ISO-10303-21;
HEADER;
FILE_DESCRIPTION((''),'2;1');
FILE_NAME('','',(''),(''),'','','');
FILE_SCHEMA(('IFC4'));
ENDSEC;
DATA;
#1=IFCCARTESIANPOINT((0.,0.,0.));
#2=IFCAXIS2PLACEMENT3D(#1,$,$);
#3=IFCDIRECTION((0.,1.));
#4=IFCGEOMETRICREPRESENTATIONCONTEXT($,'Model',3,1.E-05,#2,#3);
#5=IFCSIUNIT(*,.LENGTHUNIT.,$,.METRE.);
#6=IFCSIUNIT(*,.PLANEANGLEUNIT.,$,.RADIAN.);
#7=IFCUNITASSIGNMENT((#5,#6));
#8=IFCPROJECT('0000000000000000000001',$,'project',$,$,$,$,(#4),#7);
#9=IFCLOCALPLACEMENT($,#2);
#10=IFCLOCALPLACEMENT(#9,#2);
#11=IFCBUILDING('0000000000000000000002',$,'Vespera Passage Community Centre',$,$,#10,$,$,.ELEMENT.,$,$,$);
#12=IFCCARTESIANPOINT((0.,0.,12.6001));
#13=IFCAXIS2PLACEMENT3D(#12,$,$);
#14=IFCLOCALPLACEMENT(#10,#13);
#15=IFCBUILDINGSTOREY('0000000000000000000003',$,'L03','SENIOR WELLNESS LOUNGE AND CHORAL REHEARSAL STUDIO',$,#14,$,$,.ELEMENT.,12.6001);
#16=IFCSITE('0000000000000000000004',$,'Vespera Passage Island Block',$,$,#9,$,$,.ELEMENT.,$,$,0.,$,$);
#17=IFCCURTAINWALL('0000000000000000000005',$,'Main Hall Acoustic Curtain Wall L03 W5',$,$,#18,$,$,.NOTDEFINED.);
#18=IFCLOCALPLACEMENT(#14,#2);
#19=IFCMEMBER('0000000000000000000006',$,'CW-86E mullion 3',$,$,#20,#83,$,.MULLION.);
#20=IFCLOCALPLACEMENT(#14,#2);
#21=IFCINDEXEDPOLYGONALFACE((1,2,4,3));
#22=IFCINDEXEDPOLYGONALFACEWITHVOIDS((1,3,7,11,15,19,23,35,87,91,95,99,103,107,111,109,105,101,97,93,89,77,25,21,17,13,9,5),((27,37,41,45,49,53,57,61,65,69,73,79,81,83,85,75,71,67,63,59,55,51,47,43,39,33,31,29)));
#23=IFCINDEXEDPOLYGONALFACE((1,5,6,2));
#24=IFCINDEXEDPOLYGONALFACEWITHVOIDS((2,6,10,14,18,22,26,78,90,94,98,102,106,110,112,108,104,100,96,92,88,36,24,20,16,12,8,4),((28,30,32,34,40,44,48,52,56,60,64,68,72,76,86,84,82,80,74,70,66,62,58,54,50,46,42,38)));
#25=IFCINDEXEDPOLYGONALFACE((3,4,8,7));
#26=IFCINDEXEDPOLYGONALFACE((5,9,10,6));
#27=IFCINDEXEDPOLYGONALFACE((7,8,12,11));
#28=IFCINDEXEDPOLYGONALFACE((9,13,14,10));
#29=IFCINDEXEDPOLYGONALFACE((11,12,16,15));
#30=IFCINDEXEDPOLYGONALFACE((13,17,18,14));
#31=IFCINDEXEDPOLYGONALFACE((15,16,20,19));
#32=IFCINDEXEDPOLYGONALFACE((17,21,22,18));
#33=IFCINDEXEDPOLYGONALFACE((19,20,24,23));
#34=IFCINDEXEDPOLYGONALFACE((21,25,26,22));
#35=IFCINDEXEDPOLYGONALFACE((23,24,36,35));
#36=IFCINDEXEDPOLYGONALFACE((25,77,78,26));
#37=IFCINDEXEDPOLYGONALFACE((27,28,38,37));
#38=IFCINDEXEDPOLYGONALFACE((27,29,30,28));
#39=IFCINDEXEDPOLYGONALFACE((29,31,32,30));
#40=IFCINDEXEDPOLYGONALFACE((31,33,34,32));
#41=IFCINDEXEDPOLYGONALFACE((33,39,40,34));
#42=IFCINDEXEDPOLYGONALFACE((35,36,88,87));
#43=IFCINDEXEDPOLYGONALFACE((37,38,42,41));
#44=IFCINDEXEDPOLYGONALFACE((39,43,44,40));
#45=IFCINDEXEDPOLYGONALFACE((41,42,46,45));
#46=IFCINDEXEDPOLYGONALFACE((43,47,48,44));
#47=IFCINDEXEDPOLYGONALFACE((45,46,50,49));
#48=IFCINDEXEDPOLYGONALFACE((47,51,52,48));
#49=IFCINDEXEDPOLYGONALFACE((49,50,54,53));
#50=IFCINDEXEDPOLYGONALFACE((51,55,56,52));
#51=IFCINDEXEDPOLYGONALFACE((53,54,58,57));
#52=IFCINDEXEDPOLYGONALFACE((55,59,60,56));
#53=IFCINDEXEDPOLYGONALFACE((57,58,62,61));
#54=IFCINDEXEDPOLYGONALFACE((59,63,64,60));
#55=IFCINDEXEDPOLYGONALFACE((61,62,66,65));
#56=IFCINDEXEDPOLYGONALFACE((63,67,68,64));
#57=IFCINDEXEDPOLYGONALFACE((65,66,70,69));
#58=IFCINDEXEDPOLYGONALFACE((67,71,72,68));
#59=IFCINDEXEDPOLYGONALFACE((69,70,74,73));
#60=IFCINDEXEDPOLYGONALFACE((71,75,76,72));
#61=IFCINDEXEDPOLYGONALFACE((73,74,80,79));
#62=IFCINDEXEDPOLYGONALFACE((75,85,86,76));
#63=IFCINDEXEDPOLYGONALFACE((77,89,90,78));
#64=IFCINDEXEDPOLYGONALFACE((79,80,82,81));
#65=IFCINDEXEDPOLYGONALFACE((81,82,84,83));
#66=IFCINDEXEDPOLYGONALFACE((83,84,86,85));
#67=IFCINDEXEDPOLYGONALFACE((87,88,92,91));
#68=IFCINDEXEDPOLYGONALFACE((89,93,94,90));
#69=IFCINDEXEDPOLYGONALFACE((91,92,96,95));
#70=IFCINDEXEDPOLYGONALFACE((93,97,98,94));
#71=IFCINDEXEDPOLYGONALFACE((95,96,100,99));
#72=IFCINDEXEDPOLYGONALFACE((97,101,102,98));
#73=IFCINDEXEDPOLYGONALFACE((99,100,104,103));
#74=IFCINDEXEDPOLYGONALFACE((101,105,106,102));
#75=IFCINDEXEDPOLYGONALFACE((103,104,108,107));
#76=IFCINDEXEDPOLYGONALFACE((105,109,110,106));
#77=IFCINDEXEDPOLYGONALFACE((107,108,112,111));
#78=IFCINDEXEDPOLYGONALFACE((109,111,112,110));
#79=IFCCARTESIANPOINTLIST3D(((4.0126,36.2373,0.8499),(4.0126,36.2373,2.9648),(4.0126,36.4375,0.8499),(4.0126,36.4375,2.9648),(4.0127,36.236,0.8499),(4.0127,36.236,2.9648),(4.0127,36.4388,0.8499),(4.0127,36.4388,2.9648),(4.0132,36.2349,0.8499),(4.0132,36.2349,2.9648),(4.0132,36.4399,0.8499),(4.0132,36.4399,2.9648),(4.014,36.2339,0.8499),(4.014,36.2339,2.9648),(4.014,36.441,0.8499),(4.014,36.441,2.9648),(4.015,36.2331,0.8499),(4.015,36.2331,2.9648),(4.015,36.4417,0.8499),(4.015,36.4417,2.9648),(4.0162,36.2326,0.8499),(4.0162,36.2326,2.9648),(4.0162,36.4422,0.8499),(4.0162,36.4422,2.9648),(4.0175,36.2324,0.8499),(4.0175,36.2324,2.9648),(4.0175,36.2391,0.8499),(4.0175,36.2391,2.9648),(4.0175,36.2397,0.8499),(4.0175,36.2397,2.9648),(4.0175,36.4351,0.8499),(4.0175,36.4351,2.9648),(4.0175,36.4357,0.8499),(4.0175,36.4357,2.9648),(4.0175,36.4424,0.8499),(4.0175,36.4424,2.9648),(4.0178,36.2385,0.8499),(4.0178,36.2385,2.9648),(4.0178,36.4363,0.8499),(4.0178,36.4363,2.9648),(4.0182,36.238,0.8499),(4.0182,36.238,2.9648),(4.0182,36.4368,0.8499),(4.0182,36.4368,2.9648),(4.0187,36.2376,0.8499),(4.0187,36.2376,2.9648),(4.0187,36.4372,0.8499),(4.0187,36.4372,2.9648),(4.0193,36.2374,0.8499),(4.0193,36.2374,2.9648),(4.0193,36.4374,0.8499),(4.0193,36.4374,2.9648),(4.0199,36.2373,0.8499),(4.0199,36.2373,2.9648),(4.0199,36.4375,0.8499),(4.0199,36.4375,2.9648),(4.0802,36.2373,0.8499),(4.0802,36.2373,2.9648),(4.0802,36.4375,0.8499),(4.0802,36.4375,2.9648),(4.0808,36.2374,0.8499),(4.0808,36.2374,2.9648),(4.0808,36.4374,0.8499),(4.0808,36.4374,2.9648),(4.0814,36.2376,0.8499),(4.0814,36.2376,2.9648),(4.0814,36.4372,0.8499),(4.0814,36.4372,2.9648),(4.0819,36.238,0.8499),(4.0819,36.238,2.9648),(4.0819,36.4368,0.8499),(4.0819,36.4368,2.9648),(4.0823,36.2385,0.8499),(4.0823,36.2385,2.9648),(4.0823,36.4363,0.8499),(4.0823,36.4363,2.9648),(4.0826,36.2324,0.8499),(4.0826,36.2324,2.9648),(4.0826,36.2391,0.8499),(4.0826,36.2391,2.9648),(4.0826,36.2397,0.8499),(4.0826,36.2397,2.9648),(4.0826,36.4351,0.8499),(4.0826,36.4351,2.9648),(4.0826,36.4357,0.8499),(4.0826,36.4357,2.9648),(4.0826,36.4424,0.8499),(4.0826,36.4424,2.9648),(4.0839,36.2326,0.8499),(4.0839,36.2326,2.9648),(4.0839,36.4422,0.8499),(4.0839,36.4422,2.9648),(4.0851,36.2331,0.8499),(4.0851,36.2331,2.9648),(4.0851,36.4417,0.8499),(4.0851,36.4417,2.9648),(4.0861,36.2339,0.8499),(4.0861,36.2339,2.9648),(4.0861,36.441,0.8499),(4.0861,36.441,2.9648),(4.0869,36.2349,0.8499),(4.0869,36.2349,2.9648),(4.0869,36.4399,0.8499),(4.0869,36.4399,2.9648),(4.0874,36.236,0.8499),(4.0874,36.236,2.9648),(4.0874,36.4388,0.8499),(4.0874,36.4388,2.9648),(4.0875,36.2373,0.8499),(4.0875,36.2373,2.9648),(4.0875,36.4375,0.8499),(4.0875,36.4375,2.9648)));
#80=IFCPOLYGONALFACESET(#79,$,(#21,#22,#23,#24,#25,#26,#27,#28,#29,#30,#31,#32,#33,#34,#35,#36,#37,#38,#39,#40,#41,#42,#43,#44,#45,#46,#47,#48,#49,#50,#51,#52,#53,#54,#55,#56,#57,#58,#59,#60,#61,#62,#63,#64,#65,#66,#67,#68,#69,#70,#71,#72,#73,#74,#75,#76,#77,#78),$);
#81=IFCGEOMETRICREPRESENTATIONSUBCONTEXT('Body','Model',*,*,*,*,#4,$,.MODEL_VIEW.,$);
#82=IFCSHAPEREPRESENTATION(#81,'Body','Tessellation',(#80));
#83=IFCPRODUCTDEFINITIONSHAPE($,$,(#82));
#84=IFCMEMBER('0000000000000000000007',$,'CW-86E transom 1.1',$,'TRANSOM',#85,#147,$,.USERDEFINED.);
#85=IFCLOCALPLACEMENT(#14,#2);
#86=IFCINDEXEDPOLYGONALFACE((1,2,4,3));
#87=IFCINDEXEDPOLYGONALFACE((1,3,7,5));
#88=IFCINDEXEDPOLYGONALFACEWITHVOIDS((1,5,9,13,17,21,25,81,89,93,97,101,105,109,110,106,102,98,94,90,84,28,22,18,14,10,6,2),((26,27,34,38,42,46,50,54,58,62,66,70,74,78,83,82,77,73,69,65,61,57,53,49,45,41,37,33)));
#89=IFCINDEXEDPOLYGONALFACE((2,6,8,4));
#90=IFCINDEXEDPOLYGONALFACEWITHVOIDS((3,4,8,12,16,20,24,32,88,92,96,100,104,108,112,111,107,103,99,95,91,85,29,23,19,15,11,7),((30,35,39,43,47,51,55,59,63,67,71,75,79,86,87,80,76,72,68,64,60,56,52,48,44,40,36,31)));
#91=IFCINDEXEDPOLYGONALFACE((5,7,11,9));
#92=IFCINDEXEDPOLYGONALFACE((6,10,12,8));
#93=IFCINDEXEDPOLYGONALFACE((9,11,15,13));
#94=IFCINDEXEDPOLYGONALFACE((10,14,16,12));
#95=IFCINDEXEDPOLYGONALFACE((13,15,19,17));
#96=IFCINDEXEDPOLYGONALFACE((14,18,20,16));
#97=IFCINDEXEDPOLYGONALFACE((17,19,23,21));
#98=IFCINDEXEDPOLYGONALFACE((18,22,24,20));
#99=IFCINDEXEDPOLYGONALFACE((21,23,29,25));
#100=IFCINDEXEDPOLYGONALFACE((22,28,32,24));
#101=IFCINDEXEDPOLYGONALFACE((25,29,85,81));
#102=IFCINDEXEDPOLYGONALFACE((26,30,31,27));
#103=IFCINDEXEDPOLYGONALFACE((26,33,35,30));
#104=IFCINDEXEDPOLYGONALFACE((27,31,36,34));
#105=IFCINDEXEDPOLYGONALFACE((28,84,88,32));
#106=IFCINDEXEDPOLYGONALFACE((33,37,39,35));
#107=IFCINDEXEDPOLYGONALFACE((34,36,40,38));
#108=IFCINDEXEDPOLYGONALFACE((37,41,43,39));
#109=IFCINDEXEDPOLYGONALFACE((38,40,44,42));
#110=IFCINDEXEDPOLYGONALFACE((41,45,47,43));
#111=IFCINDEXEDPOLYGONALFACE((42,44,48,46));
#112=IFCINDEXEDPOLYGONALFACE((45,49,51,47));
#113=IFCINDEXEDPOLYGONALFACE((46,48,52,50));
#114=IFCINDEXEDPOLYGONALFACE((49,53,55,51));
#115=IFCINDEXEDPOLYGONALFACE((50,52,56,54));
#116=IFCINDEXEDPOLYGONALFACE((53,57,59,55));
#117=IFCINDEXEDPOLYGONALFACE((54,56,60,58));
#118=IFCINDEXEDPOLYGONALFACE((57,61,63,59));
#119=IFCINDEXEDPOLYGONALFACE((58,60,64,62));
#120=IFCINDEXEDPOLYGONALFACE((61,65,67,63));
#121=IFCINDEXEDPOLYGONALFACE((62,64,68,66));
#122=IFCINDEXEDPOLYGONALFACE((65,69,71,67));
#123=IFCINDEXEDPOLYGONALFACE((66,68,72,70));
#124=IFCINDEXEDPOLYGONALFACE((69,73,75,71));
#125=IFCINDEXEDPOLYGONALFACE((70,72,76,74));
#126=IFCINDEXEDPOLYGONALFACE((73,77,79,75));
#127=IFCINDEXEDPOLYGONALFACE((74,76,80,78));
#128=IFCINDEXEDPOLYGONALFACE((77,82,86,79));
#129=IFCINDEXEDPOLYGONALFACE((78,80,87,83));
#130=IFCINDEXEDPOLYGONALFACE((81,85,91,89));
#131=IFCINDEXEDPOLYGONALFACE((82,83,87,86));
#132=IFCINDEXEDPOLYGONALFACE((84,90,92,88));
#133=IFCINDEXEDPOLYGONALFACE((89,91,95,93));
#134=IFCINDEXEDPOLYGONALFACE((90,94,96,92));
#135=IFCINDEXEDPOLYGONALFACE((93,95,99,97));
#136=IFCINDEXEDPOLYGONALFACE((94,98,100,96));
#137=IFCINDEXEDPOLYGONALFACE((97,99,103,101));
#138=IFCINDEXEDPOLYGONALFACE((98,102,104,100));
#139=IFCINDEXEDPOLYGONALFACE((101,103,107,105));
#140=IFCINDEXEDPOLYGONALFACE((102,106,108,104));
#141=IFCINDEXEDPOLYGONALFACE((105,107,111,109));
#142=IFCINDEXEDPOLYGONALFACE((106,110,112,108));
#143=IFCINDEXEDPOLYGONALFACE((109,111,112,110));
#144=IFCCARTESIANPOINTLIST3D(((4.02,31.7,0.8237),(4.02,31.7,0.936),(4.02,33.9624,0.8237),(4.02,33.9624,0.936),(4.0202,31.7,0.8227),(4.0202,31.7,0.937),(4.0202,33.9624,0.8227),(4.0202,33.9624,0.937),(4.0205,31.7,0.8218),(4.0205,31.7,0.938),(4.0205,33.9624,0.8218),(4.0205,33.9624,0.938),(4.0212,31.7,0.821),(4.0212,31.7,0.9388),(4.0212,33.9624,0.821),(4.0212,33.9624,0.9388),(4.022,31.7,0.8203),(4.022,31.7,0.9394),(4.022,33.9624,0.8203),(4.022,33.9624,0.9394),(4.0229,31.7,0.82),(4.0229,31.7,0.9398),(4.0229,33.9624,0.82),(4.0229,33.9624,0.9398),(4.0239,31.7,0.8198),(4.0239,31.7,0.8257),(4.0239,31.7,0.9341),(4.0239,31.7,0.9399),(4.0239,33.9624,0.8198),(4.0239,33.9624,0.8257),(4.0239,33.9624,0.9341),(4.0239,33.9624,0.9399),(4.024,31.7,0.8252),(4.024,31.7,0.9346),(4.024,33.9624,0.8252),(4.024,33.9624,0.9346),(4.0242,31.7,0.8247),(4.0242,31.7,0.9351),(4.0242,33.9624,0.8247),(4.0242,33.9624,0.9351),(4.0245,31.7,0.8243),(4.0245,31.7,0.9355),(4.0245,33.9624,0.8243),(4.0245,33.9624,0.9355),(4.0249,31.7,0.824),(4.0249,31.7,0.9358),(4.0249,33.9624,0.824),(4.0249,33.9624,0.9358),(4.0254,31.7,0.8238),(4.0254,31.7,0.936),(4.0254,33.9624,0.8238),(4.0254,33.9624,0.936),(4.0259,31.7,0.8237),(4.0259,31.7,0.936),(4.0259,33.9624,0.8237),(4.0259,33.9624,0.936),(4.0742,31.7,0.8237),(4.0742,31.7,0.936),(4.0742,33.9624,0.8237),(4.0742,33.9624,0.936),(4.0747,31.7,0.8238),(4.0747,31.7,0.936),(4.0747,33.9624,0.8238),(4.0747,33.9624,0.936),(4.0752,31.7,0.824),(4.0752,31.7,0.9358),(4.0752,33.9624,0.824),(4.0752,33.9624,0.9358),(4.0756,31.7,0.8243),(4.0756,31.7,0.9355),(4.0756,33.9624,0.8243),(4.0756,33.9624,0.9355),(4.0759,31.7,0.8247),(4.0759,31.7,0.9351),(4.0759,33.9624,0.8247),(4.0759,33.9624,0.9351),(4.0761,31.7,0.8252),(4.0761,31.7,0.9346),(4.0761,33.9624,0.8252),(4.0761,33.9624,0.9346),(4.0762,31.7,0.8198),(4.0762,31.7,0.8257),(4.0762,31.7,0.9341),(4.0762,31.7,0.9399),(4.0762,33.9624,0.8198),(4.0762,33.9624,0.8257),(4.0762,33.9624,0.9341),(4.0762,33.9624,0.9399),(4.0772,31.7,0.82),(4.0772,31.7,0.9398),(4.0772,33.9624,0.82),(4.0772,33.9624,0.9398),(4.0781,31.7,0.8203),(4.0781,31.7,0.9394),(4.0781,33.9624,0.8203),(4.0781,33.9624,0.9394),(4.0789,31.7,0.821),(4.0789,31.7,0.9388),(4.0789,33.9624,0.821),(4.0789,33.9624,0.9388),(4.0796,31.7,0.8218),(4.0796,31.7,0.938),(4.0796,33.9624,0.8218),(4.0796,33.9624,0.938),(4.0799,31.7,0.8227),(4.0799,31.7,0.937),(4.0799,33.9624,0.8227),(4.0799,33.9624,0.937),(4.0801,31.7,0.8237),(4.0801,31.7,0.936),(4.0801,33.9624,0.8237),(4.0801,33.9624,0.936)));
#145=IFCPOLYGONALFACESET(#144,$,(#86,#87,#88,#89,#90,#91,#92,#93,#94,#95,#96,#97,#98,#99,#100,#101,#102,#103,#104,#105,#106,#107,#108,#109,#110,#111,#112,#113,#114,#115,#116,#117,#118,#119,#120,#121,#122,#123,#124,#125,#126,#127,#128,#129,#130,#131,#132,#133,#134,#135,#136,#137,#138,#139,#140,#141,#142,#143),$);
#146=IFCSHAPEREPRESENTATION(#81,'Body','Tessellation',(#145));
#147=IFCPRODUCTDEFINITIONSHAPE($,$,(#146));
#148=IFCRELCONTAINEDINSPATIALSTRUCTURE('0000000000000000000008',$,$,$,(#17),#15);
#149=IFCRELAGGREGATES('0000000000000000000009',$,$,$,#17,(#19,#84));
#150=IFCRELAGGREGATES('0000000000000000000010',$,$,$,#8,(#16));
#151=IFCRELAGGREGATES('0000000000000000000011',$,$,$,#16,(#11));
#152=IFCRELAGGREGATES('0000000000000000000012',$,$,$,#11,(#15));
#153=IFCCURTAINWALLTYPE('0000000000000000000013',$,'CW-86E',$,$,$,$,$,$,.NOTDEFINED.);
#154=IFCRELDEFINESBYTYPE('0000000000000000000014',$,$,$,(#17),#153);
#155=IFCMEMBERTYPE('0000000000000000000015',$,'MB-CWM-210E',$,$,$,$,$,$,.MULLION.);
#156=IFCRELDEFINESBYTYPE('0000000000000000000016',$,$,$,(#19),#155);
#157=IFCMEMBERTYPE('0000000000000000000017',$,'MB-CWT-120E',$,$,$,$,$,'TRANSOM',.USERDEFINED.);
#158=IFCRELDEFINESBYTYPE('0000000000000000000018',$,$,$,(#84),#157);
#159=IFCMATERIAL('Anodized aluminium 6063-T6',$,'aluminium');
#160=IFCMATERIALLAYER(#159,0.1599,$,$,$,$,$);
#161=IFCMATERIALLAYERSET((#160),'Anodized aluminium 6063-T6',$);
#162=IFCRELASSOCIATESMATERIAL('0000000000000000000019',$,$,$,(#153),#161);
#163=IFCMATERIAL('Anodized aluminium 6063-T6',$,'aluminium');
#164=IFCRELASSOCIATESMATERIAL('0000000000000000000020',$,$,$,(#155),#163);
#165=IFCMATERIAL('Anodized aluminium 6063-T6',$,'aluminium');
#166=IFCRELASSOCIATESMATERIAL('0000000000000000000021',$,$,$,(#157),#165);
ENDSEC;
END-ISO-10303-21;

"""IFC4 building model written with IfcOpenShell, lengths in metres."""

from ifc_helpers import new_model, si_unit, direction, frame, origin, origin_2d, place, context, subcontext, project, spatial, hollow_rectangle, extrude, material, layer, layer_set, material_profile, profile_set, type_object, element, aggregate, save


model = new_model("IFC4")

# Units and contexts
model_context = context("Model", 3, precision=1e-05, world=origin(), true_north=direction((0.0, 1.0)))
body_context = subcontext(model_context, "Body", "Model", "MODEL_VIEW")
ifc_project = project(units=[si_unit("LENGTHUNIT", "METRE"), si_unit("PLANEANGLEUNIT", "RADIAN")], contexts=[model_context])

# Site, building, storey
site_placement = place(None, origin())
site = spatial("IfcSite", under=ifc_project, at=site_placement, Name="Vespera Passage Island Block", CompositionType="ELEMENT", RefElevation=0.0)
building_placement = place(site_placement, origin())
building = spatial("IfcBuilding", under=site, at=building_placement, Name="Vespera Passage Community Centre", CompositionType="ELEMENT")
storey_placement = place(building_placement, frame((0.0, 0.0, 12.6001)))
storey = spatial("IfcBuildingStorey", under=building, at=storey_placement, Name="L03", Description="SENIOR WELLNESS LOUNGE AND CHORAL REHEARSAL STUDIO", CompositionType="ELEMENT", Elevation=12.6001)

# Curtain wall, members
ifc_material_1 = material(Name="Anodized aluminium 6063-T6", Category="aluminium")
ifc_layer_1 = layer(ifc_material_1, 0.1599)
ifc_layer_set_1 = layer_set([ifc_layer_1], Name="Anodized aluminium 6063-T6")
curtain_wall_type = type_object("IfcCurtainWallType", Name="CW-86E", PredefinedType="NOTDEFINED", material=ifc_layer_set_1)
curtain_wall_placement = place(storey_placement, origin())
curtain_wall = element("IfcCurtainWall", 1, at=curtain_wall_placement, inside=storey, type_object=curtain_wall_type, Name="Main Hall Acoustic Curtain Wall L03 W5", PredefinedType="NOTDEFINED")
ifc_material_2 = material(Name="Anodized aluminium 6063-T6", Category="aluminium")
ifc_material_profile_1 = material_profile(ifc_material_2, hollow_rectangle(XDim=0.075, YDim=0.21, WallThickness=0.0049, InnerFilletRadius=0.0024, OuterFilletRadius=0.0049, at=origin_2d()), Name="ALU210X75X5")
ifc_profile_set_1 = profile_set([ifc_material_profile_1], Name="Anodized aluminium 6063-T6")
member_type_1 = type_object("IfcMemberType", Name="MB-CWM-210E", PredefinedType="MULLION", material=ifc_profile_set_1)
member_1_placement = place(storey_placement, frame((4.05, 36.3374, 0.8499), z_axis=(0.0, 0.0, 1.0), x_axis=(-1.0, 0.0, 0.0)))
member_1 = element("IfcMember", 2, at=member_1_placement, type_object=member_type_1, Name="CW-86E mullion 3", PredefinedType="MULLION", context=body_context, shape_type="SweptSolid", body=[
    extrude(hollow_rectangle(XDim=0.075, YDim=0.21, WallThickness=0.0049, InnerFilletRadius=0.0024, OuterFilletRadius=0.0049, at=origin_2d()), origin(), (0.0, 0.0, 1.0), 2.115),
])
ifc_material_3 = material(Name="Anodized aluminium 6063-T6", Category="aluminium")
ifc_material_profile_2 = material_profile(ifc_material_3, hollow_rectangle(XDim=0.0601, YDim=0.1201, WallThickness=0.0039, InnerFilletRadius=0.002, OuterFilletRadius=0.0039, at=origin_2d()), Name="ALU120X60X4")
ifc_profile_set_2 = profile_set([ifc_material_profile_2], Name="Anodized aluminium 6063-T6")
member_type_2 = type_object("IfcMemberType", Name="MB-CWT-120E", ElementType="TRANSOM", PredefinedType="USERDEFINED", material=ifc_profile_set_2)
member_2_placement = place(storey_placement, frame((4.05, 31.7, 0.8799), z_axis=(0.0, 1.0, 0.0), x_axis=(-1.0, 0.0, 0.0)))
member_2 = element("IfcMember", 3, at=member_2_placement, type_object=member_type_2, Name="CW-86E transom 1.1", ObjectType="TRANSOM", PredefinedType="USERDEFINED", context=body_context, shape_type="SweptSolid", body=[
    extrude(hollow_rectangle(XDim=0.0601, YDim=0.1201, WallThickness=0.0039, InnerFilletRadius=0.002, OuterFilletRadius=0.0039, at=origin_2d()), origin(), (0.0, 0.0, 1.0), 2.2625),
])
aggregate(curtain_wall, [member_1, member_2])

save(model, "model.ifc")
